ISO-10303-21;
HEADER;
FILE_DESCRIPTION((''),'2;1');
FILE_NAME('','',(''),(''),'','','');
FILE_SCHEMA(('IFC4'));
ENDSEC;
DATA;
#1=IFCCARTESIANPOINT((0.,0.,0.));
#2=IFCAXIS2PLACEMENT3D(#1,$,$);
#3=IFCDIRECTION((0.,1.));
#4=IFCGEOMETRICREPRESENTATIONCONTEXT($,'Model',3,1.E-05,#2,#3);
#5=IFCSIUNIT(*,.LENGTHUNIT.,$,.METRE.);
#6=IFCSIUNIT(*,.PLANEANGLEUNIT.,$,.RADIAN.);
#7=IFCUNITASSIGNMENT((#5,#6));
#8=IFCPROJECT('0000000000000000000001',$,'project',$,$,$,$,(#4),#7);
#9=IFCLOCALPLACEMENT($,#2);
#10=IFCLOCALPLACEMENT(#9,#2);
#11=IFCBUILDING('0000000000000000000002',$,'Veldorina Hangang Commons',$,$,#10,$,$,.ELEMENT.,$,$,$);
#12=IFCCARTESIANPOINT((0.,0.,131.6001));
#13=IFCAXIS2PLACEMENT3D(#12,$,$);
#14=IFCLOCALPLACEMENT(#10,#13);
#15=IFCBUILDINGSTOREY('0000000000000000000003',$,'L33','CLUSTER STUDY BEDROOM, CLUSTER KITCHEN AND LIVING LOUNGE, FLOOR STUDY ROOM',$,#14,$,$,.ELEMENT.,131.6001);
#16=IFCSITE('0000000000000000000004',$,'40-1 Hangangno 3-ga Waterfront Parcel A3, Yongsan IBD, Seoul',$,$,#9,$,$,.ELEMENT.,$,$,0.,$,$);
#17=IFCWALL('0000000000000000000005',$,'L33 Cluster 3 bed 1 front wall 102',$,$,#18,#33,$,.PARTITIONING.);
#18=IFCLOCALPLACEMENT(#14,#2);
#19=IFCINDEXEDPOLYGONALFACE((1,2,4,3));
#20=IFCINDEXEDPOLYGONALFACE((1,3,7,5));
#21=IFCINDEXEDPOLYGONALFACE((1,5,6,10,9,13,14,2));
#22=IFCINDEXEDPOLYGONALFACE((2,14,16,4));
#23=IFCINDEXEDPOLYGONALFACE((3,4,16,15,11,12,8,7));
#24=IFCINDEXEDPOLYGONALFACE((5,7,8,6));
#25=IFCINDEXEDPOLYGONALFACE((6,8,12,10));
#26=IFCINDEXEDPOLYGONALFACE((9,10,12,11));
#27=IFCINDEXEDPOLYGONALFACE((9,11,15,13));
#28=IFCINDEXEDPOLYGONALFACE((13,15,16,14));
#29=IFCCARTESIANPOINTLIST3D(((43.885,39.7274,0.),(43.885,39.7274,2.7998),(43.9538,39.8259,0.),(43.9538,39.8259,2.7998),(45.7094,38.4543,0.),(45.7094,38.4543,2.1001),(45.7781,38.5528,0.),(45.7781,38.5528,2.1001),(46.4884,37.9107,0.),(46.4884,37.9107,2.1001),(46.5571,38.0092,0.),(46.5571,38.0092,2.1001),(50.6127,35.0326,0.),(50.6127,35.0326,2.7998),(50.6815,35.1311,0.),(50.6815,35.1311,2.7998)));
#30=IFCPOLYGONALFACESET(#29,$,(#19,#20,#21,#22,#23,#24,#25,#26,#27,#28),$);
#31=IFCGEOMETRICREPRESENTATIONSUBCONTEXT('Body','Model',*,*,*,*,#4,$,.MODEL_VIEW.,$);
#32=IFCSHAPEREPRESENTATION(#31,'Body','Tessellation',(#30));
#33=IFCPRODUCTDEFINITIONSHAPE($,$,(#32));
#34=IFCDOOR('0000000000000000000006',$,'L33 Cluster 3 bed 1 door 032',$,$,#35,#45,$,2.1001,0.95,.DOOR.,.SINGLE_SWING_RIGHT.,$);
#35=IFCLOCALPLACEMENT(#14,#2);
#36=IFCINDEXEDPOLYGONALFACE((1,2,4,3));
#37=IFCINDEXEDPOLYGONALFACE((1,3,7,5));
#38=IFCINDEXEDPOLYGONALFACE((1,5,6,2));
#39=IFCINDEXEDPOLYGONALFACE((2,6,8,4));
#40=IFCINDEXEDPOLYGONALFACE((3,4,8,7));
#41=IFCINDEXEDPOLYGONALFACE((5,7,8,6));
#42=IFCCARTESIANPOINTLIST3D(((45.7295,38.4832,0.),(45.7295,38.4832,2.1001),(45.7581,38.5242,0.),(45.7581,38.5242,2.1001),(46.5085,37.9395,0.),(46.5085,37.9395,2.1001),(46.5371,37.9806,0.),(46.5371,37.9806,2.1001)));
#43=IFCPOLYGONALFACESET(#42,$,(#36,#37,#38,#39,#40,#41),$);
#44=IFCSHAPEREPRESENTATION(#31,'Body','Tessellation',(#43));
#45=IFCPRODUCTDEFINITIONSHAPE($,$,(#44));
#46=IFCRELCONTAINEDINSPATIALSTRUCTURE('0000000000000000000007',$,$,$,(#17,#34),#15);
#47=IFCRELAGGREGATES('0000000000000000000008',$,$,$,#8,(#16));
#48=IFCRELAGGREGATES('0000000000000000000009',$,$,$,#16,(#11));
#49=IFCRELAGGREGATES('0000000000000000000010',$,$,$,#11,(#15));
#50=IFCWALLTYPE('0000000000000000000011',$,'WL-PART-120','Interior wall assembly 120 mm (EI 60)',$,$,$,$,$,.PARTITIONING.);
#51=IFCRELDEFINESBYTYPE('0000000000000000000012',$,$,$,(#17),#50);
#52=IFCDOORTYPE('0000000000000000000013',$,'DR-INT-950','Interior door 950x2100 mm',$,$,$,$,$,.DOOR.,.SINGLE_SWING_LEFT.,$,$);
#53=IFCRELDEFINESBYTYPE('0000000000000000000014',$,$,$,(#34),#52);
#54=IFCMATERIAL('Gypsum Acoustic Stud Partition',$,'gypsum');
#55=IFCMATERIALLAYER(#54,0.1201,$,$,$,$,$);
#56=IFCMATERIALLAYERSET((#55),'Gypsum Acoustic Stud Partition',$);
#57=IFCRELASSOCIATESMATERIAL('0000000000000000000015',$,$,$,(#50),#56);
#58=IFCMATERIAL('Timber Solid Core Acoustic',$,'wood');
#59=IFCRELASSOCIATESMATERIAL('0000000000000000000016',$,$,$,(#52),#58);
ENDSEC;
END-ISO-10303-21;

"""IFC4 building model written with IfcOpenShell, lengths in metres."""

from ifc_helpers import new_model, si_unit, direction, frame, frame_2d, origin, place, context, subcontext, project, spatial, rectangle, extrude, material, layer, layer_set, type_object, element, fill, save


model = new_model("IFC4")

# Units and contexts
model_context = context("Model", 3, precision=1e-05, world=origin(), true_north=direction((0.0, 1.0)))
body_context = subcontext(model_context, "Body", "Model", "MODEL_VIEW")
ifc_project = project(units=[si_unit("LENGTHUNIT", "METRE"), si_unit("PLANEANGLEUNIT", "RADIAN")], contexts=[model_context])

# Site, building, storey
site_placement = place(None, origin())
site = spatial("IfcSite", under=ifc_project, at=site_placement, Name="40-1 Hangangno 3-ga Waterfront Parcel A3, Yongsan IBD, Seoul", CompositionType="ELEMENT", RefElevation=0.0)
building_placement = place(site_placement, origin())
building = spatial("IfcBuilding", under=site, at=building_placement, Name="Veldorina Hangang Commons", CompositionType="ELEMENT")
storey_placement = place(building_placement, frame((0.0, 0.0, 131.6001)))
storey = spatial("IfcBuildingStorey", under=building, at=storey_placement, Name="L33", Description="CLUSTER STUDY BEDROOM, CLUSTER KITCHEN AND LIVING LOUNGE, FLOOR STUDY ROOM", CompositionType="ELEMENT", Elevation=131.6001)

# Shared definitions
ifc_material_1 = material(Name="Gypsum Acoustic Stud Partition", Category="gypsum")
ifc_layer_1 = layer(ifc_material_1, 0.1201)
ifc_layer_set_1 = layer_set([ifc_layer_1], Name="Gypsum Acoustic Stud Partition")
wall_type_1 = type_object("IfcWallType", Name="WL-PART-120", Description="Interior wall assembly 120 mm (EI 60)", PredefinedType="PARTITIONING", material=ifc_layer_set_1)

# Wall, opening, door
wall_1_placement = place(storey_placement, frame((50.6472, 35.0818, 0.0), z_axis=(0.0, 0.0, 1.0), x_axis=(-0.820068, 0.572265, 0.0)))
wall_1 = element("IfcWall", 1, at=wall_1_placement, inside=storey, type_object=wall_type_1, Name="L33 Cluster 3 bed 1 front wall 102", PredefinedType="PARTITIONING", context=body_context, shape_type="SweptSolid", body=[
    extrude(rectangle(XDim=8.2039, YDim=0.1201, at=frame_2d((4.1021, 0.0))), origin(), (0.0, 0.0, 1.0), 2.7998),
])
opening_1_placement = place(wall_1_placement, frame((5.0293, 0.0, 0.0)))
opening_1 = element("IfcOpeningElement", 2, at=opening_1_placement, cuts=wall_1, PredefinedType="OPENING", context=body_context, shape_type="SweptSolid", body=[
    extrude(rectangle(XDim=0.95, YDim=2.1001, at=frame_2d((0.4751, 1.05))), frame((0.0, 0.0701, 0.0), z_axis=(0.0, -1.0, 0.0), x_axis=(1.0, 0.0, 0.0)), (0.0, 0.0, 1.0), 0.1401),
])
ifc_material_2 = material(Name="Timber Solid Core Acoustic", Category="wood")
door_type = type_object("IfcDoorType", Name="DR-INT-950", Description="Interior door 950x2100 mm", OperationType="SINGLE_SWING_LEFT", PredefinedType="DOOR", material=ifc_material_2)
door_placement = place(opening_1_placement, origin())
door = element("IfcDoor", 3, at=door_placement, inside=storey, type_object=door_type, Name="L33 Cluster 3 bed 1 door 032", OperationType="SINGLE_SWING_RIGHT", OverallHeight=2.1001, OverallWidth=0.95, PredefinedType="DOOR", context=body_context, shape_type="SweptSolid", body=[
    extrude(rectangle(XDim=0.95, YDim=2.1001, at=frame_2d((0.4751, 1.05))), frame((0.0, 0.0249, 0.0), z_axis=(0.0, -1.0, 0.0), x_axis=(1.0, 0.0, 0.0)), (0.0, 0.0, 1.0), 0.05),
])
fill(opening_1, door)

save(model, "model.ifc")
